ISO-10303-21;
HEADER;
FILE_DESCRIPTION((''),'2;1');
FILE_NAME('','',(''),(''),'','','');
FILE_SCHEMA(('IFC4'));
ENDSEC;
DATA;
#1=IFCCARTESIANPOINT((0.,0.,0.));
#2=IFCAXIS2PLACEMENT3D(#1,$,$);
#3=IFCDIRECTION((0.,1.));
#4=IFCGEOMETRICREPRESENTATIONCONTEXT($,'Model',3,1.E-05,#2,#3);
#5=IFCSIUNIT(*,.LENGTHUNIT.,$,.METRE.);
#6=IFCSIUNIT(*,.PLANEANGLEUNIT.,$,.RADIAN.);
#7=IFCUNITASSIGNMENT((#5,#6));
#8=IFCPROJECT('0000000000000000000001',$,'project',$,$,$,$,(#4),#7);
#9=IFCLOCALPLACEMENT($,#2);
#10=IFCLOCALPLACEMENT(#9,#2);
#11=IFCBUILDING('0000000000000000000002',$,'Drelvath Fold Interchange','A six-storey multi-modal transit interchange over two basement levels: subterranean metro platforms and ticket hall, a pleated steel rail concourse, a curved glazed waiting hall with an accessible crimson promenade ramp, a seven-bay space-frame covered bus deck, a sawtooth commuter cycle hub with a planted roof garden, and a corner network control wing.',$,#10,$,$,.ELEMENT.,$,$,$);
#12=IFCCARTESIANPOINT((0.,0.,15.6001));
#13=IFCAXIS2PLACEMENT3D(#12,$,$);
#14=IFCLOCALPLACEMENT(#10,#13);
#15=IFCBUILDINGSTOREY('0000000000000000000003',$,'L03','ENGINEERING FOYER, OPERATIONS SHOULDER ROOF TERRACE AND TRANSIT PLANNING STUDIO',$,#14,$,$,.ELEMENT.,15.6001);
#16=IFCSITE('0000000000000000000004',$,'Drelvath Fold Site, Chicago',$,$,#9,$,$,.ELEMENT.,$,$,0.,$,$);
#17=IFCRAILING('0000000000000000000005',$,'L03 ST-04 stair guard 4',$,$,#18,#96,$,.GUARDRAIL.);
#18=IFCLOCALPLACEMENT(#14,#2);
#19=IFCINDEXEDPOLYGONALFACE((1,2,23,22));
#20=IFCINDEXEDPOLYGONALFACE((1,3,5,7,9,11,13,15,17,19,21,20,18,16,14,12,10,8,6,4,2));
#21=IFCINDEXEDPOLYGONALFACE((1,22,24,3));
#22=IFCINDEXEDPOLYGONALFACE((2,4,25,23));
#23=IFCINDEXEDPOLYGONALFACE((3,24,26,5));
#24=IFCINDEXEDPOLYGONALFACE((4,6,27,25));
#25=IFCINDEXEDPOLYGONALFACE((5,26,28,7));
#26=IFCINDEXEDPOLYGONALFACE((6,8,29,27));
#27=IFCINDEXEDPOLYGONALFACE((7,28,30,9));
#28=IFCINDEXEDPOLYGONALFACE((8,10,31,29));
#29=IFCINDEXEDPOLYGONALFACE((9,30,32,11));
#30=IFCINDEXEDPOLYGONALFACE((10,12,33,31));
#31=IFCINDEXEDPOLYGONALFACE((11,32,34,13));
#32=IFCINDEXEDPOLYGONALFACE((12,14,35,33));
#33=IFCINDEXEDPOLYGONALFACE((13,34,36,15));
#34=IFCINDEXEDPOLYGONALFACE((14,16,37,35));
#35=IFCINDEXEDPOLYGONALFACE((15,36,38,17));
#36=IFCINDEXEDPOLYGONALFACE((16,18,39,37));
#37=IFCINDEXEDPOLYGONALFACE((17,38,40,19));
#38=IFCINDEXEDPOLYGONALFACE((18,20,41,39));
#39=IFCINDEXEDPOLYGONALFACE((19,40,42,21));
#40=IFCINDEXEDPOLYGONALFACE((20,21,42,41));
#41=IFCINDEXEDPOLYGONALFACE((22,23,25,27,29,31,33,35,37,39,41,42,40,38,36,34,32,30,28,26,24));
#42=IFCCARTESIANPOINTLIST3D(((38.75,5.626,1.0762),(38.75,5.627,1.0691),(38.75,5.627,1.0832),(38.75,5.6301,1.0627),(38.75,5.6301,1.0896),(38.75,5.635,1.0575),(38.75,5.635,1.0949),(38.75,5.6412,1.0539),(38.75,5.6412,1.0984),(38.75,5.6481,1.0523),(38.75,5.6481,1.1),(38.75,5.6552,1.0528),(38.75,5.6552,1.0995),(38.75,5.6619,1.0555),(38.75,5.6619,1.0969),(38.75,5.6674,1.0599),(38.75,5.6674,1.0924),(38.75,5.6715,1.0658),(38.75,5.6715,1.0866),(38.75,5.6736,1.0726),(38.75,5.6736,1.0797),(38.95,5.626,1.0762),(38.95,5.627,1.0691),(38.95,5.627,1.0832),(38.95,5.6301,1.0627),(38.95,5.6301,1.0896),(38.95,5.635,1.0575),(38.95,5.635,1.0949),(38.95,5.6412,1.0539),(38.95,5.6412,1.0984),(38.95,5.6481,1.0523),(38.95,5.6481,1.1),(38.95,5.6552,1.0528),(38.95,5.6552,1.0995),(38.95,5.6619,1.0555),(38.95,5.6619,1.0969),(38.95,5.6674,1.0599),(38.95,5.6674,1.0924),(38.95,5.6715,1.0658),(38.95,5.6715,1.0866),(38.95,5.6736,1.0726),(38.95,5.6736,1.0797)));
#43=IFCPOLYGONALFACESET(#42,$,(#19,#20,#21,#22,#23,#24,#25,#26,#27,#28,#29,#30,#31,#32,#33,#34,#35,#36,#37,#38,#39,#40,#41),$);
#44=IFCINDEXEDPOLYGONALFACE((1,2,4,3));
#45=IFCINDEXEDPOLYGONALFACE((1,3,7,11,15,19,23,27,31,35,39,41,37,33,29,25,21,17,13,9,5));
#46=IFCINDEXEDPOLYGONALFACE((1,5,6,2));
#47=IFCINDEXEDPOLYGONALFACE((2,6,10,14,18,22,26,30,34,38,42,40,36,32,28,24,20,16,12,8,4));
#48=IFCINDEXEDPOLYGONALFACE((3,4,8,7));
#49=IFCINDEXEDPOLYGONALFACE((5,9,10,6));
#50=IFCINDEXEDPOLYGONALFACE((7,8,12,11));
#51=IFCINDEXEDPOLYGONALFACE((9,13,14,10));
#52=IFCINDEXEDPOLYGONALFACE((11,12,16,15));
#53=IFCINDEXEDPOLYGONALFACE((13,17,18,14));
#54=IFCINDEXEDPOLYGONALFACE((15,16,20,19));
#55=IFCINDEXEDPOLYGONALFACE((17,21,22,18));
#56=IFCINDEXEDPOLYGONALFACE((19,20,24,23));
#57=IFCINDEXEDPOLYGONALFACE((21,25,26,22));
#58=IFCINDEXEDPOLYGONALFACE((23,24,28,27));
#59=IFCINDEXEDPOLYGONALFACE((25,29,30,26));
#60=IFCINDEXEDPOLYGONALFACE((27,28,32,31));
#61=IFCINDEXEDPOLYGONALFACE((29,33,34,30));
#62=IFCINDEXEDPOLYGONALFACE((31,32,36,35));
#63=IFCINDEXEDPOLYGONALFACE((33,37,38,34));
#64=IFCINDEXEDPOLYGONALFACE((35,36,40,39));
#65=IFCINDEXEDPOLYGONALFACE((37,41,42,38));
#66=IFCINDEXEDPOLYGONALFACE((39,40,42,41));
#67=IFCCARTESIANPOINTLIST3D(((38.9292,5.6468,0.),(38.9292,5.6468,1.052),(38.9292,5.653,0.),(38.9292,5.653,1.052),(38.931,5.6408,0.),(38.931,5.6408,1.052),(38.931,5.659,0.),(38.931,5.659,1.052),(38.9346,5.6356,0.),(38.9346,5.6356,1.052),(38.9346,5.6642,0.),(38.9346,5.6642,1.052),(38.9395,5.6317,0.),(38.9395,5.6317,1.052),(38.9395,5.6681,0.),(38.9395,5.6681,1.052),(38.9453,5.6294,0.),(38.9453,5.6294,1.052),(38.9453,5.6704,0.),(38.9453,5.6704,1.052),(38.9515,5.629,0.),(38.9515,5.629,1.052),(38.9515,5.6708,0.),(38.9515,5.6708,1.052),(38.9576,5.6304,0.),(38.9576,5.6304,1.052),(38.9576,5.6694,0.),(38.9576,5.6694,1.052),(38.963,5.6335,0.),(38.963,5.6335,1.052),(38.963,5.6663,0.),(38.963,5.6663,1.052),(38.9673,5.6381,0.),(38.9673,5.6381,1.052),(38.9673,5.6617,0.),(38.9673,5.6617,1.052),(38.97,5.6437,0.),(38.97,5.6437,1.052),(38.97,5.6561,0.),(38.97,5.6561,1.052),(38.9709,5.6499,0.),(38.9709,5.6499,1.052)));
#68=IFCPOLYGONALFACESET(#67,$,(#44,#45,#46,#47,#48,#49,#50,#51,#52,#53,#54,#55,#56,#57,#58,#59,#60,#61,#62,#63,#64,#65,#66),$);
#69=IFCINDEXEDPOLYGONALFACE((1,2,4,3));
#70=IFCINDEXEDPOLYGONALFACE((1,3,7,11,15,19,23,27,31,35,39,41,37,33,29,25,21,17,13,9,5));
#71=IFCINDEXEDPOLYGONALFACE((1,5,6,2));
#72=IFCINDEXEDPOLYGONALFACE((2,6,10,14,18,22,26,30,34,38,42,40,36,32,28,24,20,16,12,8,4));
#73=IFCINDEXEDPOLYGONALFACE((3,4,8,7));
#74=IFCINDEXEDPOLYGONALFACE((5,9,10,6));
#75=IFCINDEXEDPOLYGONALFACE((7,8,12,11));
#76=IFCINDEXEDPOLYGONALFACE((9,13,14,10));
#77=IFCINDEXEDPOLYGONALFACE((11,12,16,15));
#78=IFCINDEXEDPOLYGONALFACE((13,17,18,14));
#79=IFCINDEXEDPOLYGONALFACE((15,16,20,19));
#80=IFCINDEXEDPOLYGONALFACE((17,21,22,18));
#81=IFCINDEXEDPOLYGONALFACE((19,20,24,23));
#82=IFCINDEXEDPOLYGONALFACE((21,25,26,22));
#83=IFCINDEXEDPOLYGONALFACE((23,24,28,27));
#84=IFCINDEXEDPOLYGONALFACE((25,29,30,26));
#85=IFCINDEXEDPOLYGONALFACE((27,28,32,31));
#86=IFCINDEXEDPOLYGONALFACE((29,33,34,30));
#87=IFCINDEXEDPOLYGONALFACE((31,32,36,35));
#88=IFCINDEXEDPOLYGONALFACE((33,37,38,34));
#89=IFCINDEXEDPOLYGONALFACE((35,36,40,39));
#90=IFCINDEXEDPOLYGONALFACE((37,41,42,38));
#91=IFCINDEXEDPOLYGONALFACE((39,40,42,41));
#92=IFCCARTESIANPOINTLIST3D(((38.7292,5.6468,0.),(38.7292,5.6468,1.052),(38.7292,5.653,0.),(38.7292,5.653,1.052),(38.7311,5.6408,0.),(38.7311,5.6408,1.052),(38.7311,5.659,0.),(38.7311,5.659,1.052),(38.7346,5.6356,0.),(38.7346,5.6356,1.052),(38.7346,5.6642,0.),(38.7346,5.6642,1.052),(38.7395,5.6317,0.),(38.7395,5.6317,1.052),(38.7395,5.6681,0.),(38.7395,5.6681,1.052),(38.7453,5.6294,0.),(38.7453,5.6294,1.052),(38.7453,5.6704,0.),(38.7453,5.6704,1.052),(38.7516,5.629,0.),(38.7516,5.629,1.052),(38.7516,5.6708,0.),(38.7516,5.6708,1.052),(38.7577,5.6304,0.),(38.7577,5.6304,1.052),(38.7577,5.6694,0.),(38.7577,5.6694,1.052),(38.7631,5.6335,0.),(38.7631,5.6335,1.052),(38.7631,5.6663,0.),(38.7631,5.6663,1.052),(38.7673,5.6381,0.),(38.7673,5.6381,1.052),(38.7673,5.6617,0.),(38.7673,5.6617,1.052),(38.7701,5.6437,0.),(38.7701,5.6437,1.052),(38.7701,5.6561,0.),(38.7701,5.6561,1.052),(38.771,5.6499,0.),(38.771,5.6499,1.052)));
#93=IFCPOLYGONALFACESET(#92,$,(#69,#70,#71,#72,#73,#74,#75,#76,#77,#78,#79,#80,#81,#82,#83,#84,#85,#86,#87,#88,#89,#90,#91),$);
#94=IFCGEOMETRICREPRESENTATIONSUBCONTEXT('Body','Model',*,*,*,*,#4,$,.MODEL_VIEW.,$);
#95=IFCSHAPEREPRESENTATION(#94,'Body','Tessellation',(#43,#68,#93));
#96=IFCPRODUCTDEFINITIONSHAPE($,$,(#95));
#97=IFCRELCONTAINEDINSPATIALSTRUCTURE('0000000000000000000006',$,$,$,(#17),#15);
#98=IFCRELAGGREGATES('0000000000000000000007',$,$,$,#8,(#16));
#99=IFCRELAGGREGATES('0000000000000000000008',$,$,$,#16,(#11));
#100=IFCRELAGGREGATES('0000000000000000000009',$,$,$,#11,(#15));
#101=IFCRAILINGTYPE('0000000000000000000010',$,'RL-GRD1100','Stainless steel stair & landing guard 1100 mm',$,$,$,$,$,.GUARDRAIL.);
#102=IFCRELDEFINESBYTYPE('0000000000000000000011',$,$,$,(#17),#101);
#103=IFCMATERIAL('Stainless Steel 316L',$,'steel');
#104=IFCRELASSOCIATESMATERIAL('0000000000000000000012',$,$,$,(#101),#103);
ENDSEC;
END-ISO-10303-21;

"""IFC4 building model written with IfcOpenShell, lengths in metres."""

from ifc_helpers import new_model, si_unit, direction, frame, origin, origin_2d, place, context, subcontext, project, spatial, circle, extrude, material, type_object, element, save


model = new_model("IFC4")

# Units and contexts
model_context = context("Model", 3, precision=1e-05, world=origin(), true_north=direction((0.0, 1.0)))
body_context = subcontext(model_context, "Body", "Model", "MODEL_VIEW")
ifc_project = project(units=[si_unit("LENGTHUNIT", "METRE"), si_unit("PLANEANGLEUNIT", "RADIAN")], contexts=[model_context])

# Site, building, storey
site_placement = place(None, origin())
site = spatial("IfcSite", under=ifc_project, at=site_placement, Name="Drelvath Fold Site, Chicago", CompositionType="ELEMENT", RefElevation=0.0)
building_placement = place(site_placement, origin())
building = spatial("IfcBuilding", under=site, at=building_placement, Name="Drelvath Fold Interchange", Description="A six-storey multi-modal transit interchange over two basement levels: subterranean metro platforms and ticket hall, a pleated steel rail concourse, a curved glazed waiting hall with an accessible crimson promenade ramp, a seven-bay space-frame covered bus deck, a sawtooth commuter cycle hub with a planted roof garden, and a corner network control wing.", CompositionType="ELEMENT")
storey_placement = place(building_placement, frame((0.0, 0.0, 15.6001)))
storey = spatial("IfcBuildingStorey", under=building, at=storey_placement, Name="L03", Description="ENGINEERING FOYER, OPERATIONS SHOULDER ROOF TERRACE AND TRANSIT PLANNING STUDIO", CompositionType="ELEMENT", Elevation=15.6001)

# Railing
ifc_material_1 = material(Name="Stainless Steel 316L", Category="steel")
railing_type_1 = type_object("IfcRailingType", Name="RL-GRD1100", Description="Stainless steel stair & landing guard 1100 mm", PredefinedType="GUARDRAIL", material=ifc_material_1)
railing_1_placement = place(storey_placement, frame((38.95, 5.6499, 0.0)))
element("IfcRailing", 1, at=railing_1_placement, inside=storey, type_object=railing_type_1, Name="L03 ST-04 stair guard 4", PredefinedType="GUARDRAIL", context=body_context, shape_type="SweptSolid", body=[
    extrude(circle(Radius=0.0239, at=origin_2d()), frame((0.0, 0.0, 1.0762), z_axis=(-1.0, 0.0, 0.0), x_axis=(0.0, -1.0, 0.0)), (0.0, 0.0, 1.0), 0.2),
    extrude(circle(Radius=0.021, at=origin_2d()), origin(), (0.0, 0.0, 1.0), 1.052),
    extrude(circle(Radius=0.021, at=origin_2d()), frame((-0.2, 0.0, 0.0)), (0.0, 0.0, 1.0), 1.052),
])

save(model, "model.ifc")
